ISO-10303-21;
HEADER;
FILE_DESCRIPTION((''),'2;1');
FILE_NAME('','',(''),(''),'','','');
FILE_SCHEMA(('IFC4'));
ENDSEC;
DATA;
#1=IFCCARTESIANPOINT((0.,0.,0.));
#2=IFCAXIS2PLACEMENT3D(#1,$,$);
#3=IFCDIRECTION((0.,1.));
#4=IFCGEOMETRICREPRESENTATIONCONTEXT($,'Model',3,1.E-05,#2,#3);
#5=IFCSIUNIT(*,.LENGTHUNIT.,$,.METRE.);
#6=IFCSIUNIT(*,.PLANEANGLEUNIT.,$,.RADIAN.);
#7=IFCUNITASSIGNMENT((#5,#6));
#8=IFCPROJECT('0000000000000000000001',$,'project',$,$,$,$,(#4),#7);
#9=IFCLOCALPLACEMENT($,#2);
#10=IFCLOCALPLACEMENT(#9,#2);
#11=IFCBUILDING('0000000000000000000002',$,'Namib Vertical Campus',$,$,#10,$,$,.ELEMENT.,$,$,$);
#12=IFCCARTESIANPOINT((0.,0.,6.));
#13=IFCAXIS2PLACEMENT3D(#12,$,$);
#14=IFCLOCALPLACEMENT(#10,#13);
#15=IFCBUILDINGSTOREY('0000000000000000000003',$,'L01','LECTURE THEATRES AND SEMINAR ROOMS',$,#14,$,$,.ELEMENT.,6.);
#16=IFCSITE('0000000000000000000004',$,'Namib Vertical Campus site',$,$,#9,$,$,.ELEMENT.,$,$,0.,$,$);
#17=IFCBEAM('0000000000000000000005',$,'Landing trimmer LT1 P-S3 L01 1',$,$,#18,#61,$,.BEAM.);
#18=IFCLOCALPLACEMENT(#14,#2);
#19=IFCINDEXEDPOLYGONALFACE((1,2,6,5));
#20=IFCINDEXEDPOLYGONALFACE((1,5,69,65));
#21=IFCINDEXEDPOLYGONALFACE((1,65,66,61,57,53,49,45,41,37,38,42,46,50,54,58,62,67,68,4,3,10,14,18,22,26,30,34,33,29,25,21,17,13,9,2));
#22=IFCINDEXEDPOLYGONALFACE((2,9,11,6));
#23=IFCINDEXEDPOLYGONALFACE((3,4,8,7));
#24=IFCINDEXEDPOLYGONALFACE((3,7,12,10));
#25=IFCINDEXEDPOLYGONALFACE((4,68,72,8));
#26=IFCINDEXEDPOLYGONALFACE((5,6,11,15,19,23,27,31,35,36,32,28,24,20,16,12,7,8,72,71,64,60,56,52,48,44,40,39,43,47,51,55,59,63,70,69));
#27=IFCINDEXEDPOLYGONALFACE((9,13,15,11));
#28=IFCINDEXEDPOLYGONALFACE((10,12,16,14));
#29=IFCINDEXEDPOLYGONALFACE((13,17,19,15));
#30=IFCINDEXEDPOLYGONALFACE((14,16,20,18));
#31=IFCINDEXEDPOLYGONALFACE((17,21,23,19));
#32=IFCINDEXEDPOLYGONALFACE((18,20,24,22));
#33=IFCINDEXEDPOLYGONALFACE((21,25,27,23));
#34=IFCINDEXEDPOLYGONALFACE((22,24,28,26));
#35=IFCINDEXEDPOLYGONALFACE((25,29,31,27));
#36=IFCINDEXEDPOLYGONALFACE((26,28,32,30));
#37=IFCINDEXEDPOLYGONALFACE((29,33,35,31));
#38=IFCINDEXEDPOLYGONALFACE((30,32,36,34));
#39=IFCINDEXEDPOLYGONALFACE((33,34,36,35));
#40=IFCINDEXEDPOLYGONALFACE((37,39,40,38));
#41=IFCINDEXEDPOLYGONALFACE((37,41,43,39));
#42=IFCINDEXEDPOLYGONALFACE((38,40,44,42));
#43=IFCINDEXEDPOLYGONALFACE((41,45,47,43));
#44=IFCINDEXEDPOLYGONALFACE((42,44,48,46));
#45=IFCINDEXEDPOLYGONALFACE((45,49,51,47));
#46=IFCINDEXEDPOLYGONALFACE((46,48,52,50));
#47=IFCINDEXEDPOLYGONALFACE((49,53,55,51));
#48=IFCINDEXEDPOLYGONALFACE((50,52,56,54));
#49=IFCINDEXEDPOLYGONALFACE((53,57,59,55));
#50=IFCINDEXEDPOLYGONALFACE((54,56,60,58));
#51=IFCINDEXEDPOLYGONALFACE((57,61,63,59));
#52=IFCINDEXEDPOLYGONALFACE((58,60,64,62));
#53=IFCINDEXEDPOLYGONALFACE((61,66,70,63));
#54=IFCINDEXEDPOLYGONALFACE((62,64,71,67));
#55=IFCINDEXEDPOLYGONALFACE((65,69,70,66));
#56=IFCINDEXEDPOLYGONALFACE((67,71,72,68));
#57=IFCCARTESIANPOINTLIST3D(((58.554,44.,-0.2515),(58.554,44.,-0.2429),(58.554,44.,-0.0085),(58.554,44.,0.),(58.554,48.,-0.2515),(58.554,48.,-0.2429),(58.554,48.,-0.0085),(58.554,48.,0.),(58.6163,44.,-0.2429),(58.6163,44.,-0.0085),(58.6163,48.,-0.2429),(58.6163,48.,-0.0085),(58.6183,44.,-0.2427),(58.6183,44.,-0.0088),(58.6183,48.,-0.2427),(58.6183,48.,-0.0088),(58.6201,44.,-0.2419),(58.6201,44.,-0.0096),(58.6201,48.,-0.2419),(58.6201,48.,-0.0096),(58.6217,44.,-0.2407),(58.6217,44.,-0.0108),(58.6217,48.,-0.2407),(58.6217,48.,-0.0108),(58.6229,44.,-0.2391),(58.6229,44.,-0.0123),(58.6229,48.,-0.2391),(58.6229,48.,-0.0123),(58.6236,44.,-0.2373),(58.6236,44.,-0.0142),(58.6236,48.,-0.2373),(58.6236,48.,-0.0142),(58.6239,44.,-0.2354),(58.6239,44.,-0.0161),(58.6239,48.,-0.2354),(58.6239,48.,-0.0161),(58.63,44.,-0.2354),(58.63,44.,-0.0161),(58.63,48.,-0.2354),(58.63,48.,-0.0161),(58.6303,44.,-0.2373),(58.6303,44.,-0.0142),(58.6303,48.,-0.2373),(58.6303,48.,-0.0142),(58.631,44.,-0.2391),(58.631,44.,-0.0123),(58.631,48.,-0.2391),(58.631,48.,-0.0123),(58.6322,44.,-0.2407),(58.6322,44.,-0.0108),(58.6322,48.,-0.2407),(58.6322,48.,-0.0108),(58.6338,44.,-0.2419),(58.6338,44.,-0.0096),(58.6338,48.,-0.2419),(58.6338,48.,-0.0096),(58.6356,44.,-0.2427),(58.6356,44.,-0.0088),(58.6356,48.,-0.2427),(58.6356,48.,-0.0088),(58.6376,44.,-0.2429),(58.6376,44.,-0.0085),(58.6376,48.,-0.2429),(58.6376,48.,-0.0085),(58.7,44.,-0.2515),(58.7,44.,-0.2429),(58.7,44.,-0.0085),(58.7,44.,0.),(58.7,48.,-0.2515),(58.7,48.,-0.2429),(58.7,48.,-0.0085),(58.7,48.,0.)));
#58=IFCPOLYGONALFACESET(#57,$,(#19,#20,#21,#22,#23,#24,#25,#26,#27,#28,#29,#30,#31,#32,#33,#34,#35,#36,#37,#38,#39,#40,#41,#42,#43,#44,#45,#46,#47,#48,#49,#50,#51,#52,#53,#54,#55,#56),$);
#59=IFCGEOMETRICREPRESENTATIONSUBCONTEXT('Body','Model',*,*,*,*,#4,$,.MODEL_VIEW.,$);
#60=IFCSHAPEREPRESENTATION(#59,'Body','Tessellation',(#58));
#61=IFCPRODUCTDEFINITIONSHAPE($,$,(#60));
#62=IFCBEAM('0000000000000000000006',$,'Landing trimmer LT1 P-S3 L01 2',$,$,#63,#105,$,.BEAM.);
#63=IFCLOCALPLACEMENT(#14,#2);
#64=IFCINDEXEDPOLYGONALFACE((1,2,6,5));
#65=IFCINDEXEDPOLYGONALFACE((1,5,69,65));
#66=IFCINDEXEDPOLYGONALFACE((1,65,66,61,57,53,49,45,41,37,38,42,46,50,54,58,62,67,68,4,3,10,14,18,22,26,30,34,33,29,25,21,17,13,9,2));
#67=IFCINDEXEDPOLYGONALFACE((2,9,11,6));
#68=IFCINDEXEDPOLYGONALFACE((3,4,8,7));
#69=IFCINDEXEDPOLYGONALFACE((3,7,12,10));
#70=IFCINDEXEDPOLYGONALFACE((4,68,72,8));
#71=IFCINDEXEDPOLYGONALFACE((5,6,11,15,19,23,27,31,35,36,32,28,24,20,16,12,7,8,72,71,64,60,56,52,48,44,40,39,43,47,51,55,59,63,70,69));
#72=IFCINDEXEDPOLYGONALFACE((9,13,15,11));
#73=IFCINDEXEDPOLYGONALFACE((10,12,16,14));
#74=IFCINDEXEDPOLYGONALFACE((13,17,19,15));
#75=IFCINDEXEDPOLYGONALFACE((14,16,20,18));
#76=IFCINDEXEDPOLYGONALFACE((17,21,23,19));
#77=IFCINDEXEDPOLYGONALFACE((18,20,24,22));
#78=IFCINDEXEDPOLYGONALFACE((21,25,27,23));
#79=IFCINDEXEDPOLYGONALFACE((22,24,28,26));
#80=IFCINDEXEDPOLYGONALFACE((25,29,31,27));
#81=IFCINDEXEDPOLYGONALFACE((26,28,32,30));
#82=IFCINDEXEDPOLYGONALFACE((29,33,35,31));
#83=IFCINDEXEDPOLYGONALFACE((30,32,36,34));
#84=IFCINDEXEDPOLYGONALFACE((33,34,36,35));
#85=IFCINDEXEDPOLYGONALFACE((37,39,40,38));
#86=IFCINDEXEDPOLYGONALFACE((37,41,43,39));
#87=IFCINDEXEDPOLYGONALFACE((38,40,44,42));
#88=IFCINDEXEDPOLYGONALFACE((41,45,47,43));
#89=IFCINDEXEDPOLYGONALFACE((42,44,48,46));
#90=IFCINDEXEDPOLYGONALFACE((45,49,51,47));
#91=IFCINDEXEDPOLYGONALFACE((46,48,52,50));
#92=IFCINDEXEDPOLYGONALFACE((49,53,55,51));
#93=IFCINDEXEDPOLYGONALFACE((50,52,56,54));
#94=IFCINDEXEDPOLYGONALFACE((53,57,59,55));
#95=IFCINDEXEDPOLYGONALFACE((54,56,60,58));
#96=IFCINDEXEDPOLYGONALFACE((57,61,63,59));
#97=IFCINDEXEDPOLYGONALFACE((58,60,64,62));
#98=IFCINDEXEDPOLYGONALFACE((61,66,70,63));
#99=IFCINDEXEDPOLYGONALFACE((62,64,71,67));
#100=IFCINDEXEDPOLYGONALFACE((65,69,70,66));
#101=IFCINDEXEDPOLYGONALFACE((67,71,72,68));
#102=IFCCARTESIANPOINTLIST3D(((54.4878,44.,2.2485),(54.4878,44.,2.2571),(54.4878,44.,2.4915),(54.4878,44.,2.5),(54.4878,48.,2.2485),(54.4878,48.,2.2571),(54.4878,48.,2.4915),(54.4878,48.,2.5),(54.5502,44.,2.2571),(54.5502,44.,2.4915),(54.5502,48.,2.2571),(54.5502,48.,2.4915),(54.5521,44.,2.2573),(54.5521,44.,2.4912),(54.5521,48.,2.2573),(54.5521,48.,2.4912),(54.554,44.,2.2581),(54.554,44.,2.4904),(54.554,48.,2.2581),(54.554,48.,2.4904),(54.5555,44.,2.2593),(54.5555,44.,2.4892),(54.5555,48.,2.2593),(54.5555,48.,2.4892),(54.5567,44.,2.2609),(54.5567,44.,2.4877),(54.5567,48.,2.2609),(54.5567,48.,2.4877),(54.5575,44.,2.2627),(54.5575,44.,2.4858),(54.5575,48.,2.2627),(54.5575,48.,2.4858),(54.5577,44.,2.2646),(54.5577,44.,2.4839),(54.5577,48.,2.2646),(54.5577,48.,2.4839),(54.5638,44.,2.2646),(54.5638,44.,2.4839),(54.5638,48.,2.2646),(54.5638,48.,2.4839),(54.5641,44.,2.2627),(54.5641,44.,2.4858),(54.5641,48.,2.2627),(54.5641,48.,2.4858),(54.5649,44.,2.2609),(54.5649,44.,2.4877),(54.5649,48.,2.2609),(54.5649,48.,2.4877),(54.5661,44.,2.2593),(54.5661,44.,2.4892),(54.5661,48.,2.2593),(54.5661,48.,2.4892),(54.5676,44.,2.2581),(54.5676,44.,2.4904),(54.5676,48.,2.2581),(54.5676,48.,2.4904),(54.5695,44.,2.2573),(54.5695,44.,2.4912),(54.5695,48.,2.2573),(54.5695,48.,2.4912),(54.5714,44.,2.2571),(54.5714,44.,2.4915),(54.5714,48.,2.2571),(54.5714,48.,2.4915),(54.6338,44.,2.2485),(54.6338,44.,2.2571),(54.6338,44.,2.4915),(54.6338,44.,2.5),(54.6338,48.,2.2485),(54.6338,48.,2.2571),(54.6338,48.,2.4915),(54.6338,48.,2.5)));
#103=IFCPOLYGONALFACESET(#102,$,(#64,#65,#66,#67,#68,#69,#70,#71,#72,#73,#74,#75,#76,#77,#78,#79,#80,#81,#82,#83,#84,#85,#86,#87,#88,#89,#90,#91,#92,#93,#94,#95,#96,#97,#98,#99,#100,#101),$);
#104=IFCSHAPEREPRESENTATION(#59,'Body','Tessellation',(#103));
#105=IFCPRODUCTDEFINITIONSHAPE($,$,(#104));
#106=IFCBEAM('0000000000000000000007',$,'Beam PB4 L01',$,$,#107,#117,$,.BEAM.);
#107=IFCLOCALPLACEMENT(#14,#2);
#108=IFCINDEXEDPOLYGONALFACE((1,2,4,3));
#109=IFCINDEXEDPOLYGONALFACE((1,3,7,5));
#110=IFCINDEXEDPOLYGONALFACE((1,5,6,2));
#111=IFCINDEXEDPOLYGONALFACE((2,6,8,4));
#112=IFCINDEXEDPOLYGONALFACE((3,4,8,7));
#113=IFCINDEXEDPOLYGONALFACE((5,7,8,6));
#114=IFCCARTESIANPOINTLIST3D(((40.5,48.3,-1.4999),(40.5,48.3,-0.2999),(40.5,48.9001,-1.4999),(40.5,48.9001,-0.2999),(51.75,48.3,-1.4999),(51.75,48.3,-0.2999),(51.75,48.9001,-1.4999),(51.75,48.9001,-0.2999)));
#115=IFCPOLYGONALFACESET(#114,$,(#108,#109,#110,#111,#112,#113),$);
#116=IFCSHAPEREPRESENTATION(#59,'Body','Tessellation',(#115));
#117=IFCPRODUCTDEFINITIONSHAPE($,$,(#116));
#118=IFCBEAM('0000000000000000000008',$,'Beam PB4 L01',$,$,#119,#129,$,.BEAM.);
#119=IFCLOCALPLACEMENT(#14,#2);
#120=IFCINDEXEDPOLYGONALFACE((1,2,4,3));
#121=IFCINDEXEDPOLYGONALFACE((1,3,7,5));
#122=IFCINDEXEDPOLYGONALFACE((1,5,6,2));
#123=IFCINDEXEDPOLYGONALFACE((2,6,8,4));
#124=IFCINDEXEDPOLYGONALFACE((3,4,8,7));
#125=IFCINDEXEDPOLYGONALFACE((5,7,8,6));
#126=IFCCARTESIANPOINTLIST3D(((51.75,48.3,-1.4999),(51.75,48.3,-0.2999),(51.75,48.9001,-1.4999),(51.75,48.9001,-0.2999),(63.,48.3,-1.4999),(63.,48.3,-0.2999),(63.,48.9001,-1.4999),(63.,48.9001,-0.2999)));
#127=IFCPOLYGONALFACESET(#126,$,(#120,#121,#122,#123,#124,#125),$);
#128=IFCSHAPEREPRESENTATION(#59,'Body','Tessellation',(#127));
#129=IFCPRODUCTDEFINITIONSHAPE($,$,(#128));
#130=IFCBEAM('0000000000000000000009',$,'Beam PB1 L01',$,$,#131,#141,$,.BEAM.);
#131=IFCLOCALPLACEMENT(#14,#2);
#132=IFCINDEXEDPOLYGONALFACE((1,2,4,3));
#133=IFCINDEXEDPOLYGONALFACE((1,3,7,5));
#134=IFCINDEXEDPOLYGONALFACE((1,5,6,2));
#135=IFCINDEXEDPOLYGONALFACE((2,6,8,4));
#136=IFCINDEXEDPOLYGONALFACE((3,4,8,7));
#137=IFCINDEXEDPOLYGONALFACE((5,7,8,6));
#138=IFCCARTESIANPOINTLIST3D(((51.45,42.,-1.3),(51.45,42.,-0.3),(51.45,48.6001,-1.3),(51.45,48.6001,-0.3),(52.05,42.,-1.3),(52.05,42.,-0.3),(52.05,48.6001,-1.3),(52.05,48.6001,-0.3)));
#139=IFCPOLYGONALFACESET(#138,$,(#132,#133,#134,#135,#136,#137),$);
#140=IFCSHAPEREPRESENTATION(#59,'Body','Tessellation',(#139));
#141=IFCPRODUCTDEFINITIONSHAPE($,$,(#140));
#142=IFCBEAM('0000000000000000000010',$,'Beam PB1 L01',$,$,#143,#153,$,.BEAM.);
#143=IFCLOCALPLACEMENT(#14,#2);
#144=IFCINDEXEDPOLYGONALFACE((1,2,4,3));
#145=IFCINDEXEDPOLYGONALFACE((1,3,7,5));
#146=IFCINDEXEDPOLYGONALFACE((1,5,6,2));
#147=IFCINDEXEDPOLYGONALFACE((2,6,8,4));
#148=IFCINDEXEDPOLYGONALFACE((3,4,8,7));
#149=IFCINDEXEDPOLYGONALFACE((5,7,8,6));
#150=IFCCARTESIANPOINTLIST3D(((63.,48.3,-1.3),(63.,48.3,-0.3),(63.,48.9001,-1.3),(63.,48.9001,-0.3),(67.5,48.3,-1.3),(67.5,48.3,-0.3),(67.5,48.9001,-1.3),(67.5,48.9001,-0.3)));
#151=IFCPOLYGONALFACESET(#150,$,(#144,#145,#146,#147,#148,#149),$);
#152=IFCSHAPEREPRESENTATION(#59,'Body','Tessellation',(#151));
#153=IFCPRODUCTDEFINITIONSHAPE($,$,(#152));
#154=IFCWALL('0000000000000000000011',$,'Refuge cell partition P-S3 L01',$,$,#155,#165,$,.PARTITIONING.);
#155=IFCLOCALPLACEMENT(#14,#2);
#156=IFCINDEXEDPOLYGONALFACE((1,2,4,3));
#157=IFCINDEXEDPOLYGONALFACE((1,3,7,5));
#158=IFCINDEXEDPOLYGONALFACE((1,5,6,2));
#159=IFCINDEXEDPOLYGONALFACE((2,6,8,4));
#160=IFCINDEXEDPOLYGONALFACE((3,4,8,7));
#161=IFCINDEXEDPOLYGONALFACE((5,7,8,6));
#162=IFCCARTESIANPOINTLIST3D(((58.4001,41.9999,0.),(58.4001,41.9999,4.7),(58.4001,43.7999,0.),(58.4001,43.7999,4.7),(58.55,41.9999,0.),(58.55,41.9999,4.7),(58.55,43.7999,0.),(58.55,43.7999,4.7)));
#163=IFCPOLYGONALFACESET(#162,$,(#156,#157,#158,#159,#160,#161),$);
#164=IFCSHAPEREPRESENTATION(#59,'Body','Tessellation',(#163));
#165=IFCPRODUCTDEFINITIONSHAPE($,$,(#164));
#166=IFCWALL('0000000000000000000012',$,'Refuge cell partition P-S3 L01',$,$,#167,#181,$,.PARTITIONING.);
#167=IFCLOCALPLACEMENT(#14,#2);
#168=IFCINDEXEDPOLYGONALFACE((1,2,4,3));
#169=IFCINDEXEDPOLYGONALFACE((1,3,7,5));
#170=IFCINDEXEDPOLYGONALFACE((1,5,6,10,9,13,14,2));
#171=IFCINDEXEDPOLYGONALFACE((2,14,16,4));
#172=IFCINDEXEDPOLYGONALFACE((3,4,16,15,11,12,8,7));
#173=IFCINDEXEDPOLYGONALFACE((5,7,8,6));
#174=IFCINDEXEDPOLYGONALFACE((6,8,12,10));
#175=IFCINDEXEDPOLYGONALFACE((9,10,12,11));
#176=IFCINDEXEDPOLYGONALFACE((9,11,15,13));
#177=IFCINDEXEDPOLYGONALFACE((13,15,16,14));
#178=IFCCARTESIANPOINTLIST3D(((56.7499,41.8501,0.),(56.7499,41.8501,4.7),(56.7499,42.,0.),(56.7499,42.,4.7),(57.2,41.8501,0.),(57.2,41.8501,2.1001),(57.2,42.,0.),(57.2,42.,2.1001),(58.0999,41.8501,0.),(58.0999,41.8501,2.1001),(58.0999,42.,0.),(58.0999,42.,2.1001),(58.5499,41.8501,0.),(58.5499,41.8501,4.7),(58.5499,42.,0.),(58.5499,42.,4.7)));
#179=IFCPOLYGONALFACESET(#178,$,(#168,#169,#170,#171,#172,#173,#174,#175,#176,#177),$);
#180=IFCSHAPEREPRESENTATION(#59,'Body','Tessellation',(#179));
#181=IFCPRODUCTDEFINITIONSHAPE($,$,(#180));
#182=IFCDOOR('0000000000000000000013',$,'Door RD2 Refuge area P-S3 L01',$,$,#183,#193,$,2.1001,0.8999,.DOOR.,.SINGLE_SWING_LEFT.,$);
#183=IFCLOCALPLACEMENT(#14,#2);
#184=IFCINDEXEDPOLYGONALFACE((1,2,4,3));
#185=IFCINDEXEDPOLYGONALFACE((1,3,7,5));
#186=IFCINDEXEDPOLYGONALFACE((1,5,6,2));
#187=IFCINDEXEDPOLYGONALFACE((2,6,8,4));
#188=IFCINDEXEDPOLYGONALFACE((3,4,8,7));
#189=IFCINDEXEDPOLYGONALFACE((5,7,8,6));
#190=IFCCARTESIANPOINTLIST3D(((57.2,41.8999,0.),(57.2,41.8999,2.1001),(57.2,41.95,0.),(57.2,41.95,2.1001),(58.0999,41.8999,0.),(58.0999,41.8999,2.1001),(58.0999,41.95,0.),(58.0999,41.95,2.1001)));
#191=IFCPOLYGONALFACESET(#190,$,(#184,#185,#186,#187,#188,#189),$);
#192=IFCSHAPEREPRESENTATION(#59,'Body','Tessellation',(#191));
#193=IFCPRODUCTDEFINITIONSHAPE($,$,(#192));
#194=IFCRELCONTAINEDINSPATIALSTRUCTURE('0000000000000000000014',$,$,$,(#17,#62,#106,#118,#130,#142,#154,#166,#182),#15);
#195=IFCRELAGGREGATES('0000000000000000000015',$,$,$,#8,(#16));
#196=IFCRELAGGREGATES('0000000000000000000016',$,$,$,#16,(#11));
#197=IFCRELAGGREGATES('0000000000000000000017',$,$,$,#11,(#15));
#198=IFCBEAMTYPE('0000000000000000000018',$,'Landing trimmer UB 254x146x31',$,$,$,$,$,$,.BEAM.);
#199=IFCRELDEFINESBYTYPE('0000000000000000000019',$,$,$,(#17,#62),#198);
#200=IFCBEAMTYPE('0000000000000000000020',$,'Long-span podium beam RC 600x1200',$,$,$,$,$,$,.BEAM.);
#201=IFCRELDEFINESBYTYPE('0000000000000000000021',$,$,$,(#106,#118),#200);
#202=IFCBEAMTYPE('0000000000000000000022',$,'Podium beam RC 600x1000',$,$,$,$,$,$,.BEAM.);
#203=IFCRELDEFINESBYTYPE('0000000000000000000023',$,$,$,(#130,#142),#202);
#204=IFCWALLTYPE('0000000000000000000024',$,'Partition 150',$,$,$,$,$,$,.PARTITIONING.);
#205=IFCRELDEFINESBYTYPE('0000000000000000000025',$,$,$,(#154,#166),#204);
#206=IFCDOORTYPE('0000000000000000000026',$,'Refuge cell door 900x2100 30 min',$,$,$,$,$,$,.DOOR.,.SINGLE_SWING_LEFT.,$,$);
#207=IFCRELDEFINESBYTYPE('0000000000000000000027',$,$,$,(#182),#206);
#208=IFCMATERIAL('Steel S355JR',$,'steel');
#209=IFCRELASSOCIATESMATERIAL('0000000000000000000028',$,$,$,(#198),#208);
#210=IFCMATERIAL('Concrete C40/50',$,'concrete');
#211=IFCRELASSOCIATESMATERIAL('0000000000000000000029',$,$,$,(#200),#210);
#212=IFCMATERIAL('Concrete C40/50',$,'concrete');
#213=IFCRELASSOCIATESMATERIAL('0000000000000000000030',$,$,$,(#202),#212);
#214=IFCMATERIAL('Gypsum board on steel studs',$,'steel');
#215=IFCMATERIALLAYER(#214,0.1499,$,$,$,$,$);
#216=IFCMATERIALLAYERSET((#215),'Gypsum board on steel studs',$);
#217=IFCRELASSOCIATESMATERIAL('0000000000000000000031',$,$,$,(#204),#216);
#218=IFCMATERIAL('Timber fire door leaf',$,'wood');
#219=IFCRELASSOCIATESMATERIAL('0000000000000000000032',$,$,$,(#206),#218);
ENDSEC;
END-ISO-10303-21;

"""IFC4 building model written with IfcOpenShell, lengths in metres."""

from ifc_helpers import new_model, si_unit, direction, frame, frame_2d, origin, origin_2d, place, context, subcontext, project, spatial, rectangle, i_section, extrude, material, layer, layer_set, material_profile, profile_set, type_object, element, fill, save


model = new_model("IFC4")

# Units and contexts
model_context = context("Model", 3, precision=1e-05, world=origin(), true_north=direction((0.0, 1.0)))
body_context = subcontext(model_context, "Body", "Model", "MODEL_VIEW")
ifc_project = project(units=[si_unit("LENGTHUNIT", "METRE"), si_unit("PLANEANGLEUNIT", "RADIAN")], contexts=[model_context])

# Site, building, storey
site_placement = place(None, origin())
site = spatial("IfcSite", under=ifc_project, at=site_placement, Name="Namib Vertical Campus site", CompositionType="ELEMENT", RefElevation=0.0)
building_placement = place(site_placement, origin())
building = spatial("IfcBuilding", under=site, at=building_placement, Name="Namib Vertical Campus", CompositionType="ELEMENT")
storey_placement = place(building_placement, frame((0.0, 0.0, 6.0)))
storey = spatial("IfcBuildingStorey", under=building, at=storey_placement, Name="L01", Description="LECTURE THEATRES AND SEMINAR ROOMS", CompositionType="ELEMENT", Elevation=6.0)

# Beams
ifc_material_1 = material(Name="Steel S355JR", Category="steel")
ifc_material_profile_1 = material_profile(ifc_material_1, i_section(OverallWidth=0.146, OverallDepth=0.2515, WebThickness=0.0061, FlangeThickness=0.0085, FilletRadius=0.0076, at=origin_2d()))
ifc_profile_set_1 = profile_set([ifc_material_profile_1], Name="Steel S355JR")
beam_type_1 = type_object("IfcBeamType", Name="Landing trimmer UB 254x146x31", PredefinedType="BEAM", material=ifc_profile_set_1)
for number, where, z_axis, x_axis, name in (
    (1, (58.627, 44.0, -0.1257), (0.0, 1.0, 0.0), (-1.0, 0.0, 0.0), "Landing trimmer LT1 P-S3 L01 1"),
    (2, (54.5608, 44.0, 2.3743), (0.0, 1.0, 0.0), (-1.0, 0.0, 0.0), "Landing trimmer LT1 P-S3 L01 2"),
):
    element("IfcBeam", number, at=place(storey_placement, frame(where, z_axis=z_axis, x_axis=x_axis)), inside=storey, type_object=beam_type_1, Name=name, PredefinedType="BEAM", context=body_context, shape_type="SweptSolid", body=[
        extrude(i_section(OverallWidth=0.146, OverallDepth=0.2515, WebThickness=0.0061, FlangeThickness=0.0085, FilletRadius=0.0076, at=origin_2d()), origin(), (0.0, 0.0, 1.0), 4.0),
    ])
ifc_material_2 = material(Name="Concrete C40/50", Category="concrete")
ifc_material_profile_2 = material_profile(ifc_material_2, rectangle(XDim=0.6001, YDim=1.2, at=origin_2d()))
ifc_profile_set_2 = profile_set([ifc_material_profile_2], Name="Concrete C40/50")
beam_type_2 = type_object("IfcBeamType", Name="Long-span podium beam RC 600x1200", PredefinedType="BEAM", material=ifc_profile_set_2)
for number, where, z_axis, x_axis, name in (
    (3, (40.5, 48.6001, -0.8999), (1.0, 0.0, 0.0), (0.0, 1.0, 0.0), "Beam PB4 L01"),
    (4, (51.75, 48.6001, -0.8999), (1.0, 0.0, 0.0), (0.0, 1.0, 0.0), "Beam PB4 L01"),
):
    element("IfcBeam", number, at=place(storey_placement, frame(where, z_axis=z_axis, x_axis=x_axis)), inside=storey, type_object=beam_type_2, Name=name, PredefinedType="BEAM", context=body_context, shape_type="SweptSolid", body=[
        extrude(rectangle(XDim=0.6001, YDim=1.2, at=origin_2d()), origin(), (0.0, 0.0, 1.0), 11.25),
    ])
ifc_material_3 = material(Name="Concrete C40/50", Category="concrete")
ifc_material_profile_3 = material_profile(ifc_material_3, rectangle(XDim=0.6001, YDim=1.0, at=origin_2d()))
ifc_profile_set_3 = profile_set([ifc_material_profile_3], Name="Concrete C40/50")
beam_type_3 = type_object("IfcBeamType", Name="Podium beam RC 600x1000", PredefinedType="BEAM", material=ifc_profile_set_3)
beam_1_placement = place(storey_placement, frame((51.75, 42.0, -0.8), z_axis=(0.0, 1.0, 0.0), x_axis=(-1.0, 0.0, 0.0)))
element("IfcBeam", 5, at=beam_1_placement, inside=storey, type_object=beam_type_3, Name="Beam PB1 L01", PredefinedType="BEAM", context=body_context, shape_type="SweptSolid", body=[
    extrude(rectangle(XDim=0.6001, YDim=1.0, at=origin_2d()), origin(), (0.0, 0.0, 1.0), 6.6001),
])
beam_2_placement = place(storey_placement, frame((63.0, 48.6001, -0.8), z_axis=(1.0, 0.0, 0.0), x_axis=(0.0, 1.0, 0.0)))
element("IfcBeam", 6, at=beam_2_placement, inside=storey, type_object=beam_type_3, Name="Beam PB1 L01", PredefinedType="BEAM", context=body_context, shape_type="SweptSolid", body=[
    extrude(rectangle(XDim=0.6001, YDim=1.0, at=origin_2d()), origin(), (0.0, 0.0, 1.0), 4.5),
])

# Wall
ifc_material_4 = material(Name="Gypsum board on steel studs", Category="steel")
ifc_layer_1 = layer(ifc_material_4, 0.1499)
ifc_layer_set_1 = layer_set([ifc_layer_1], Name="Gypsum board on steel studs")
wall_type_1 = type_object("IfcWallType", Name="Partition 150", PredefinedType="PARTITIONING", material=ifc_layer_set_1)
wall_1_placement = place(storey_placement, frame((58.4751, 42.0, 0.0), z_axis=(0.0, 0.0, 1.0), x_axis=(0.0, 1.0, 0.0)))
element("IfcWall", 7, at=wall_1_placement, inside=storey, type_object=wall_type_1, Name="Refuge cell partition P-S3 L01", PredefinedType="PARTITIONING", context=body_context, shape_type="SweptSolid", body=[
    extrude(rectangle(XDim=1.8, YDim=0.1499, at=frame_2d((0.8999, 0.0))), origin(), (0.0, 0.0, 1.0), 4.7),
])

# Wall, opening, door
wall_2_placement = place(storey_placement, frame((56.75, 41.925, 0.0), z_axis=(0.0, 0.0, 1.0), x_axis=(1.0, 0.0, 0.0)))
wall_2 = element("IfcWall", 8, at=wall_2_placement, inside=storey, type_object=wall_type_1, Name="Refuge cell partition P-S3 L01", PredefinedType="PARTITIONING", context=body_context, shape_type="SweptSolid", body=[
    extrude(rectangle(XDim=1.8, YDim=0.1499, at=frame_2d((0.8999, 0.0))), origin(), (0.0, 0.0, 1.0), 4.7),
])
opening_1_placement = place(wall_2_placement, frame((0.45, 0.0, 0.0)))
opening_1 = element("IfcOpeningElement", 9, at=opening_1_placement, cuts=wall_2, PredefinedType="OPENING", context=body_context, shape_type="SweptSolid", body=[
    extrude(rectangle(XDim=0.8999, YDim=2.1001, at=frame_2d((0.45, 1.05))), frame((0.0, 0.085, 0.0), z_axis=(0.0, -1.0, 0.0), x_axis=(1.0, 0.0, 0.0)), (0.0, 0.0, 1.0), 0.1699),
])
ifc_material_5 = material(Name="Timber fire door leaf", Category="wood")
door_type_1 = type_object("IfcDoorType", Name="Refuge cell door 900x2100 30 min", OperationType="SINGLE_SWING_LEFT", PredefinedType="DOOR", material=ifc_material_5)
door_1_placement = place(opening_1_placement, origin())
door_1 = element("IfcDoor", 10, at=door_1_placement, inside=storey, type_object=door_type_1, Name="Door RD2 Refuge area P-S3 L01", OperationType="SINGLE_SWING_LEFT", OverallHeight=2.1001, OverallWidth=0.8999, PredefinedType="DOOR", context=body_context, shape_type="SweptSolid", body=[
    extrude(rectangle(XDim=0.8999, YDim=2.1001, at=frame_2d((0.45, 1.05))), frame((0.0, 0.0249, 0.0), z_axis=(0.0, -1.0, 0.0), x_axis=(1.0, 0.0, 0.0)), (0.0, 0.0, 1.0), 0.05),
])
fill(opening_1, door_1)

save(model, "model.ifc")
